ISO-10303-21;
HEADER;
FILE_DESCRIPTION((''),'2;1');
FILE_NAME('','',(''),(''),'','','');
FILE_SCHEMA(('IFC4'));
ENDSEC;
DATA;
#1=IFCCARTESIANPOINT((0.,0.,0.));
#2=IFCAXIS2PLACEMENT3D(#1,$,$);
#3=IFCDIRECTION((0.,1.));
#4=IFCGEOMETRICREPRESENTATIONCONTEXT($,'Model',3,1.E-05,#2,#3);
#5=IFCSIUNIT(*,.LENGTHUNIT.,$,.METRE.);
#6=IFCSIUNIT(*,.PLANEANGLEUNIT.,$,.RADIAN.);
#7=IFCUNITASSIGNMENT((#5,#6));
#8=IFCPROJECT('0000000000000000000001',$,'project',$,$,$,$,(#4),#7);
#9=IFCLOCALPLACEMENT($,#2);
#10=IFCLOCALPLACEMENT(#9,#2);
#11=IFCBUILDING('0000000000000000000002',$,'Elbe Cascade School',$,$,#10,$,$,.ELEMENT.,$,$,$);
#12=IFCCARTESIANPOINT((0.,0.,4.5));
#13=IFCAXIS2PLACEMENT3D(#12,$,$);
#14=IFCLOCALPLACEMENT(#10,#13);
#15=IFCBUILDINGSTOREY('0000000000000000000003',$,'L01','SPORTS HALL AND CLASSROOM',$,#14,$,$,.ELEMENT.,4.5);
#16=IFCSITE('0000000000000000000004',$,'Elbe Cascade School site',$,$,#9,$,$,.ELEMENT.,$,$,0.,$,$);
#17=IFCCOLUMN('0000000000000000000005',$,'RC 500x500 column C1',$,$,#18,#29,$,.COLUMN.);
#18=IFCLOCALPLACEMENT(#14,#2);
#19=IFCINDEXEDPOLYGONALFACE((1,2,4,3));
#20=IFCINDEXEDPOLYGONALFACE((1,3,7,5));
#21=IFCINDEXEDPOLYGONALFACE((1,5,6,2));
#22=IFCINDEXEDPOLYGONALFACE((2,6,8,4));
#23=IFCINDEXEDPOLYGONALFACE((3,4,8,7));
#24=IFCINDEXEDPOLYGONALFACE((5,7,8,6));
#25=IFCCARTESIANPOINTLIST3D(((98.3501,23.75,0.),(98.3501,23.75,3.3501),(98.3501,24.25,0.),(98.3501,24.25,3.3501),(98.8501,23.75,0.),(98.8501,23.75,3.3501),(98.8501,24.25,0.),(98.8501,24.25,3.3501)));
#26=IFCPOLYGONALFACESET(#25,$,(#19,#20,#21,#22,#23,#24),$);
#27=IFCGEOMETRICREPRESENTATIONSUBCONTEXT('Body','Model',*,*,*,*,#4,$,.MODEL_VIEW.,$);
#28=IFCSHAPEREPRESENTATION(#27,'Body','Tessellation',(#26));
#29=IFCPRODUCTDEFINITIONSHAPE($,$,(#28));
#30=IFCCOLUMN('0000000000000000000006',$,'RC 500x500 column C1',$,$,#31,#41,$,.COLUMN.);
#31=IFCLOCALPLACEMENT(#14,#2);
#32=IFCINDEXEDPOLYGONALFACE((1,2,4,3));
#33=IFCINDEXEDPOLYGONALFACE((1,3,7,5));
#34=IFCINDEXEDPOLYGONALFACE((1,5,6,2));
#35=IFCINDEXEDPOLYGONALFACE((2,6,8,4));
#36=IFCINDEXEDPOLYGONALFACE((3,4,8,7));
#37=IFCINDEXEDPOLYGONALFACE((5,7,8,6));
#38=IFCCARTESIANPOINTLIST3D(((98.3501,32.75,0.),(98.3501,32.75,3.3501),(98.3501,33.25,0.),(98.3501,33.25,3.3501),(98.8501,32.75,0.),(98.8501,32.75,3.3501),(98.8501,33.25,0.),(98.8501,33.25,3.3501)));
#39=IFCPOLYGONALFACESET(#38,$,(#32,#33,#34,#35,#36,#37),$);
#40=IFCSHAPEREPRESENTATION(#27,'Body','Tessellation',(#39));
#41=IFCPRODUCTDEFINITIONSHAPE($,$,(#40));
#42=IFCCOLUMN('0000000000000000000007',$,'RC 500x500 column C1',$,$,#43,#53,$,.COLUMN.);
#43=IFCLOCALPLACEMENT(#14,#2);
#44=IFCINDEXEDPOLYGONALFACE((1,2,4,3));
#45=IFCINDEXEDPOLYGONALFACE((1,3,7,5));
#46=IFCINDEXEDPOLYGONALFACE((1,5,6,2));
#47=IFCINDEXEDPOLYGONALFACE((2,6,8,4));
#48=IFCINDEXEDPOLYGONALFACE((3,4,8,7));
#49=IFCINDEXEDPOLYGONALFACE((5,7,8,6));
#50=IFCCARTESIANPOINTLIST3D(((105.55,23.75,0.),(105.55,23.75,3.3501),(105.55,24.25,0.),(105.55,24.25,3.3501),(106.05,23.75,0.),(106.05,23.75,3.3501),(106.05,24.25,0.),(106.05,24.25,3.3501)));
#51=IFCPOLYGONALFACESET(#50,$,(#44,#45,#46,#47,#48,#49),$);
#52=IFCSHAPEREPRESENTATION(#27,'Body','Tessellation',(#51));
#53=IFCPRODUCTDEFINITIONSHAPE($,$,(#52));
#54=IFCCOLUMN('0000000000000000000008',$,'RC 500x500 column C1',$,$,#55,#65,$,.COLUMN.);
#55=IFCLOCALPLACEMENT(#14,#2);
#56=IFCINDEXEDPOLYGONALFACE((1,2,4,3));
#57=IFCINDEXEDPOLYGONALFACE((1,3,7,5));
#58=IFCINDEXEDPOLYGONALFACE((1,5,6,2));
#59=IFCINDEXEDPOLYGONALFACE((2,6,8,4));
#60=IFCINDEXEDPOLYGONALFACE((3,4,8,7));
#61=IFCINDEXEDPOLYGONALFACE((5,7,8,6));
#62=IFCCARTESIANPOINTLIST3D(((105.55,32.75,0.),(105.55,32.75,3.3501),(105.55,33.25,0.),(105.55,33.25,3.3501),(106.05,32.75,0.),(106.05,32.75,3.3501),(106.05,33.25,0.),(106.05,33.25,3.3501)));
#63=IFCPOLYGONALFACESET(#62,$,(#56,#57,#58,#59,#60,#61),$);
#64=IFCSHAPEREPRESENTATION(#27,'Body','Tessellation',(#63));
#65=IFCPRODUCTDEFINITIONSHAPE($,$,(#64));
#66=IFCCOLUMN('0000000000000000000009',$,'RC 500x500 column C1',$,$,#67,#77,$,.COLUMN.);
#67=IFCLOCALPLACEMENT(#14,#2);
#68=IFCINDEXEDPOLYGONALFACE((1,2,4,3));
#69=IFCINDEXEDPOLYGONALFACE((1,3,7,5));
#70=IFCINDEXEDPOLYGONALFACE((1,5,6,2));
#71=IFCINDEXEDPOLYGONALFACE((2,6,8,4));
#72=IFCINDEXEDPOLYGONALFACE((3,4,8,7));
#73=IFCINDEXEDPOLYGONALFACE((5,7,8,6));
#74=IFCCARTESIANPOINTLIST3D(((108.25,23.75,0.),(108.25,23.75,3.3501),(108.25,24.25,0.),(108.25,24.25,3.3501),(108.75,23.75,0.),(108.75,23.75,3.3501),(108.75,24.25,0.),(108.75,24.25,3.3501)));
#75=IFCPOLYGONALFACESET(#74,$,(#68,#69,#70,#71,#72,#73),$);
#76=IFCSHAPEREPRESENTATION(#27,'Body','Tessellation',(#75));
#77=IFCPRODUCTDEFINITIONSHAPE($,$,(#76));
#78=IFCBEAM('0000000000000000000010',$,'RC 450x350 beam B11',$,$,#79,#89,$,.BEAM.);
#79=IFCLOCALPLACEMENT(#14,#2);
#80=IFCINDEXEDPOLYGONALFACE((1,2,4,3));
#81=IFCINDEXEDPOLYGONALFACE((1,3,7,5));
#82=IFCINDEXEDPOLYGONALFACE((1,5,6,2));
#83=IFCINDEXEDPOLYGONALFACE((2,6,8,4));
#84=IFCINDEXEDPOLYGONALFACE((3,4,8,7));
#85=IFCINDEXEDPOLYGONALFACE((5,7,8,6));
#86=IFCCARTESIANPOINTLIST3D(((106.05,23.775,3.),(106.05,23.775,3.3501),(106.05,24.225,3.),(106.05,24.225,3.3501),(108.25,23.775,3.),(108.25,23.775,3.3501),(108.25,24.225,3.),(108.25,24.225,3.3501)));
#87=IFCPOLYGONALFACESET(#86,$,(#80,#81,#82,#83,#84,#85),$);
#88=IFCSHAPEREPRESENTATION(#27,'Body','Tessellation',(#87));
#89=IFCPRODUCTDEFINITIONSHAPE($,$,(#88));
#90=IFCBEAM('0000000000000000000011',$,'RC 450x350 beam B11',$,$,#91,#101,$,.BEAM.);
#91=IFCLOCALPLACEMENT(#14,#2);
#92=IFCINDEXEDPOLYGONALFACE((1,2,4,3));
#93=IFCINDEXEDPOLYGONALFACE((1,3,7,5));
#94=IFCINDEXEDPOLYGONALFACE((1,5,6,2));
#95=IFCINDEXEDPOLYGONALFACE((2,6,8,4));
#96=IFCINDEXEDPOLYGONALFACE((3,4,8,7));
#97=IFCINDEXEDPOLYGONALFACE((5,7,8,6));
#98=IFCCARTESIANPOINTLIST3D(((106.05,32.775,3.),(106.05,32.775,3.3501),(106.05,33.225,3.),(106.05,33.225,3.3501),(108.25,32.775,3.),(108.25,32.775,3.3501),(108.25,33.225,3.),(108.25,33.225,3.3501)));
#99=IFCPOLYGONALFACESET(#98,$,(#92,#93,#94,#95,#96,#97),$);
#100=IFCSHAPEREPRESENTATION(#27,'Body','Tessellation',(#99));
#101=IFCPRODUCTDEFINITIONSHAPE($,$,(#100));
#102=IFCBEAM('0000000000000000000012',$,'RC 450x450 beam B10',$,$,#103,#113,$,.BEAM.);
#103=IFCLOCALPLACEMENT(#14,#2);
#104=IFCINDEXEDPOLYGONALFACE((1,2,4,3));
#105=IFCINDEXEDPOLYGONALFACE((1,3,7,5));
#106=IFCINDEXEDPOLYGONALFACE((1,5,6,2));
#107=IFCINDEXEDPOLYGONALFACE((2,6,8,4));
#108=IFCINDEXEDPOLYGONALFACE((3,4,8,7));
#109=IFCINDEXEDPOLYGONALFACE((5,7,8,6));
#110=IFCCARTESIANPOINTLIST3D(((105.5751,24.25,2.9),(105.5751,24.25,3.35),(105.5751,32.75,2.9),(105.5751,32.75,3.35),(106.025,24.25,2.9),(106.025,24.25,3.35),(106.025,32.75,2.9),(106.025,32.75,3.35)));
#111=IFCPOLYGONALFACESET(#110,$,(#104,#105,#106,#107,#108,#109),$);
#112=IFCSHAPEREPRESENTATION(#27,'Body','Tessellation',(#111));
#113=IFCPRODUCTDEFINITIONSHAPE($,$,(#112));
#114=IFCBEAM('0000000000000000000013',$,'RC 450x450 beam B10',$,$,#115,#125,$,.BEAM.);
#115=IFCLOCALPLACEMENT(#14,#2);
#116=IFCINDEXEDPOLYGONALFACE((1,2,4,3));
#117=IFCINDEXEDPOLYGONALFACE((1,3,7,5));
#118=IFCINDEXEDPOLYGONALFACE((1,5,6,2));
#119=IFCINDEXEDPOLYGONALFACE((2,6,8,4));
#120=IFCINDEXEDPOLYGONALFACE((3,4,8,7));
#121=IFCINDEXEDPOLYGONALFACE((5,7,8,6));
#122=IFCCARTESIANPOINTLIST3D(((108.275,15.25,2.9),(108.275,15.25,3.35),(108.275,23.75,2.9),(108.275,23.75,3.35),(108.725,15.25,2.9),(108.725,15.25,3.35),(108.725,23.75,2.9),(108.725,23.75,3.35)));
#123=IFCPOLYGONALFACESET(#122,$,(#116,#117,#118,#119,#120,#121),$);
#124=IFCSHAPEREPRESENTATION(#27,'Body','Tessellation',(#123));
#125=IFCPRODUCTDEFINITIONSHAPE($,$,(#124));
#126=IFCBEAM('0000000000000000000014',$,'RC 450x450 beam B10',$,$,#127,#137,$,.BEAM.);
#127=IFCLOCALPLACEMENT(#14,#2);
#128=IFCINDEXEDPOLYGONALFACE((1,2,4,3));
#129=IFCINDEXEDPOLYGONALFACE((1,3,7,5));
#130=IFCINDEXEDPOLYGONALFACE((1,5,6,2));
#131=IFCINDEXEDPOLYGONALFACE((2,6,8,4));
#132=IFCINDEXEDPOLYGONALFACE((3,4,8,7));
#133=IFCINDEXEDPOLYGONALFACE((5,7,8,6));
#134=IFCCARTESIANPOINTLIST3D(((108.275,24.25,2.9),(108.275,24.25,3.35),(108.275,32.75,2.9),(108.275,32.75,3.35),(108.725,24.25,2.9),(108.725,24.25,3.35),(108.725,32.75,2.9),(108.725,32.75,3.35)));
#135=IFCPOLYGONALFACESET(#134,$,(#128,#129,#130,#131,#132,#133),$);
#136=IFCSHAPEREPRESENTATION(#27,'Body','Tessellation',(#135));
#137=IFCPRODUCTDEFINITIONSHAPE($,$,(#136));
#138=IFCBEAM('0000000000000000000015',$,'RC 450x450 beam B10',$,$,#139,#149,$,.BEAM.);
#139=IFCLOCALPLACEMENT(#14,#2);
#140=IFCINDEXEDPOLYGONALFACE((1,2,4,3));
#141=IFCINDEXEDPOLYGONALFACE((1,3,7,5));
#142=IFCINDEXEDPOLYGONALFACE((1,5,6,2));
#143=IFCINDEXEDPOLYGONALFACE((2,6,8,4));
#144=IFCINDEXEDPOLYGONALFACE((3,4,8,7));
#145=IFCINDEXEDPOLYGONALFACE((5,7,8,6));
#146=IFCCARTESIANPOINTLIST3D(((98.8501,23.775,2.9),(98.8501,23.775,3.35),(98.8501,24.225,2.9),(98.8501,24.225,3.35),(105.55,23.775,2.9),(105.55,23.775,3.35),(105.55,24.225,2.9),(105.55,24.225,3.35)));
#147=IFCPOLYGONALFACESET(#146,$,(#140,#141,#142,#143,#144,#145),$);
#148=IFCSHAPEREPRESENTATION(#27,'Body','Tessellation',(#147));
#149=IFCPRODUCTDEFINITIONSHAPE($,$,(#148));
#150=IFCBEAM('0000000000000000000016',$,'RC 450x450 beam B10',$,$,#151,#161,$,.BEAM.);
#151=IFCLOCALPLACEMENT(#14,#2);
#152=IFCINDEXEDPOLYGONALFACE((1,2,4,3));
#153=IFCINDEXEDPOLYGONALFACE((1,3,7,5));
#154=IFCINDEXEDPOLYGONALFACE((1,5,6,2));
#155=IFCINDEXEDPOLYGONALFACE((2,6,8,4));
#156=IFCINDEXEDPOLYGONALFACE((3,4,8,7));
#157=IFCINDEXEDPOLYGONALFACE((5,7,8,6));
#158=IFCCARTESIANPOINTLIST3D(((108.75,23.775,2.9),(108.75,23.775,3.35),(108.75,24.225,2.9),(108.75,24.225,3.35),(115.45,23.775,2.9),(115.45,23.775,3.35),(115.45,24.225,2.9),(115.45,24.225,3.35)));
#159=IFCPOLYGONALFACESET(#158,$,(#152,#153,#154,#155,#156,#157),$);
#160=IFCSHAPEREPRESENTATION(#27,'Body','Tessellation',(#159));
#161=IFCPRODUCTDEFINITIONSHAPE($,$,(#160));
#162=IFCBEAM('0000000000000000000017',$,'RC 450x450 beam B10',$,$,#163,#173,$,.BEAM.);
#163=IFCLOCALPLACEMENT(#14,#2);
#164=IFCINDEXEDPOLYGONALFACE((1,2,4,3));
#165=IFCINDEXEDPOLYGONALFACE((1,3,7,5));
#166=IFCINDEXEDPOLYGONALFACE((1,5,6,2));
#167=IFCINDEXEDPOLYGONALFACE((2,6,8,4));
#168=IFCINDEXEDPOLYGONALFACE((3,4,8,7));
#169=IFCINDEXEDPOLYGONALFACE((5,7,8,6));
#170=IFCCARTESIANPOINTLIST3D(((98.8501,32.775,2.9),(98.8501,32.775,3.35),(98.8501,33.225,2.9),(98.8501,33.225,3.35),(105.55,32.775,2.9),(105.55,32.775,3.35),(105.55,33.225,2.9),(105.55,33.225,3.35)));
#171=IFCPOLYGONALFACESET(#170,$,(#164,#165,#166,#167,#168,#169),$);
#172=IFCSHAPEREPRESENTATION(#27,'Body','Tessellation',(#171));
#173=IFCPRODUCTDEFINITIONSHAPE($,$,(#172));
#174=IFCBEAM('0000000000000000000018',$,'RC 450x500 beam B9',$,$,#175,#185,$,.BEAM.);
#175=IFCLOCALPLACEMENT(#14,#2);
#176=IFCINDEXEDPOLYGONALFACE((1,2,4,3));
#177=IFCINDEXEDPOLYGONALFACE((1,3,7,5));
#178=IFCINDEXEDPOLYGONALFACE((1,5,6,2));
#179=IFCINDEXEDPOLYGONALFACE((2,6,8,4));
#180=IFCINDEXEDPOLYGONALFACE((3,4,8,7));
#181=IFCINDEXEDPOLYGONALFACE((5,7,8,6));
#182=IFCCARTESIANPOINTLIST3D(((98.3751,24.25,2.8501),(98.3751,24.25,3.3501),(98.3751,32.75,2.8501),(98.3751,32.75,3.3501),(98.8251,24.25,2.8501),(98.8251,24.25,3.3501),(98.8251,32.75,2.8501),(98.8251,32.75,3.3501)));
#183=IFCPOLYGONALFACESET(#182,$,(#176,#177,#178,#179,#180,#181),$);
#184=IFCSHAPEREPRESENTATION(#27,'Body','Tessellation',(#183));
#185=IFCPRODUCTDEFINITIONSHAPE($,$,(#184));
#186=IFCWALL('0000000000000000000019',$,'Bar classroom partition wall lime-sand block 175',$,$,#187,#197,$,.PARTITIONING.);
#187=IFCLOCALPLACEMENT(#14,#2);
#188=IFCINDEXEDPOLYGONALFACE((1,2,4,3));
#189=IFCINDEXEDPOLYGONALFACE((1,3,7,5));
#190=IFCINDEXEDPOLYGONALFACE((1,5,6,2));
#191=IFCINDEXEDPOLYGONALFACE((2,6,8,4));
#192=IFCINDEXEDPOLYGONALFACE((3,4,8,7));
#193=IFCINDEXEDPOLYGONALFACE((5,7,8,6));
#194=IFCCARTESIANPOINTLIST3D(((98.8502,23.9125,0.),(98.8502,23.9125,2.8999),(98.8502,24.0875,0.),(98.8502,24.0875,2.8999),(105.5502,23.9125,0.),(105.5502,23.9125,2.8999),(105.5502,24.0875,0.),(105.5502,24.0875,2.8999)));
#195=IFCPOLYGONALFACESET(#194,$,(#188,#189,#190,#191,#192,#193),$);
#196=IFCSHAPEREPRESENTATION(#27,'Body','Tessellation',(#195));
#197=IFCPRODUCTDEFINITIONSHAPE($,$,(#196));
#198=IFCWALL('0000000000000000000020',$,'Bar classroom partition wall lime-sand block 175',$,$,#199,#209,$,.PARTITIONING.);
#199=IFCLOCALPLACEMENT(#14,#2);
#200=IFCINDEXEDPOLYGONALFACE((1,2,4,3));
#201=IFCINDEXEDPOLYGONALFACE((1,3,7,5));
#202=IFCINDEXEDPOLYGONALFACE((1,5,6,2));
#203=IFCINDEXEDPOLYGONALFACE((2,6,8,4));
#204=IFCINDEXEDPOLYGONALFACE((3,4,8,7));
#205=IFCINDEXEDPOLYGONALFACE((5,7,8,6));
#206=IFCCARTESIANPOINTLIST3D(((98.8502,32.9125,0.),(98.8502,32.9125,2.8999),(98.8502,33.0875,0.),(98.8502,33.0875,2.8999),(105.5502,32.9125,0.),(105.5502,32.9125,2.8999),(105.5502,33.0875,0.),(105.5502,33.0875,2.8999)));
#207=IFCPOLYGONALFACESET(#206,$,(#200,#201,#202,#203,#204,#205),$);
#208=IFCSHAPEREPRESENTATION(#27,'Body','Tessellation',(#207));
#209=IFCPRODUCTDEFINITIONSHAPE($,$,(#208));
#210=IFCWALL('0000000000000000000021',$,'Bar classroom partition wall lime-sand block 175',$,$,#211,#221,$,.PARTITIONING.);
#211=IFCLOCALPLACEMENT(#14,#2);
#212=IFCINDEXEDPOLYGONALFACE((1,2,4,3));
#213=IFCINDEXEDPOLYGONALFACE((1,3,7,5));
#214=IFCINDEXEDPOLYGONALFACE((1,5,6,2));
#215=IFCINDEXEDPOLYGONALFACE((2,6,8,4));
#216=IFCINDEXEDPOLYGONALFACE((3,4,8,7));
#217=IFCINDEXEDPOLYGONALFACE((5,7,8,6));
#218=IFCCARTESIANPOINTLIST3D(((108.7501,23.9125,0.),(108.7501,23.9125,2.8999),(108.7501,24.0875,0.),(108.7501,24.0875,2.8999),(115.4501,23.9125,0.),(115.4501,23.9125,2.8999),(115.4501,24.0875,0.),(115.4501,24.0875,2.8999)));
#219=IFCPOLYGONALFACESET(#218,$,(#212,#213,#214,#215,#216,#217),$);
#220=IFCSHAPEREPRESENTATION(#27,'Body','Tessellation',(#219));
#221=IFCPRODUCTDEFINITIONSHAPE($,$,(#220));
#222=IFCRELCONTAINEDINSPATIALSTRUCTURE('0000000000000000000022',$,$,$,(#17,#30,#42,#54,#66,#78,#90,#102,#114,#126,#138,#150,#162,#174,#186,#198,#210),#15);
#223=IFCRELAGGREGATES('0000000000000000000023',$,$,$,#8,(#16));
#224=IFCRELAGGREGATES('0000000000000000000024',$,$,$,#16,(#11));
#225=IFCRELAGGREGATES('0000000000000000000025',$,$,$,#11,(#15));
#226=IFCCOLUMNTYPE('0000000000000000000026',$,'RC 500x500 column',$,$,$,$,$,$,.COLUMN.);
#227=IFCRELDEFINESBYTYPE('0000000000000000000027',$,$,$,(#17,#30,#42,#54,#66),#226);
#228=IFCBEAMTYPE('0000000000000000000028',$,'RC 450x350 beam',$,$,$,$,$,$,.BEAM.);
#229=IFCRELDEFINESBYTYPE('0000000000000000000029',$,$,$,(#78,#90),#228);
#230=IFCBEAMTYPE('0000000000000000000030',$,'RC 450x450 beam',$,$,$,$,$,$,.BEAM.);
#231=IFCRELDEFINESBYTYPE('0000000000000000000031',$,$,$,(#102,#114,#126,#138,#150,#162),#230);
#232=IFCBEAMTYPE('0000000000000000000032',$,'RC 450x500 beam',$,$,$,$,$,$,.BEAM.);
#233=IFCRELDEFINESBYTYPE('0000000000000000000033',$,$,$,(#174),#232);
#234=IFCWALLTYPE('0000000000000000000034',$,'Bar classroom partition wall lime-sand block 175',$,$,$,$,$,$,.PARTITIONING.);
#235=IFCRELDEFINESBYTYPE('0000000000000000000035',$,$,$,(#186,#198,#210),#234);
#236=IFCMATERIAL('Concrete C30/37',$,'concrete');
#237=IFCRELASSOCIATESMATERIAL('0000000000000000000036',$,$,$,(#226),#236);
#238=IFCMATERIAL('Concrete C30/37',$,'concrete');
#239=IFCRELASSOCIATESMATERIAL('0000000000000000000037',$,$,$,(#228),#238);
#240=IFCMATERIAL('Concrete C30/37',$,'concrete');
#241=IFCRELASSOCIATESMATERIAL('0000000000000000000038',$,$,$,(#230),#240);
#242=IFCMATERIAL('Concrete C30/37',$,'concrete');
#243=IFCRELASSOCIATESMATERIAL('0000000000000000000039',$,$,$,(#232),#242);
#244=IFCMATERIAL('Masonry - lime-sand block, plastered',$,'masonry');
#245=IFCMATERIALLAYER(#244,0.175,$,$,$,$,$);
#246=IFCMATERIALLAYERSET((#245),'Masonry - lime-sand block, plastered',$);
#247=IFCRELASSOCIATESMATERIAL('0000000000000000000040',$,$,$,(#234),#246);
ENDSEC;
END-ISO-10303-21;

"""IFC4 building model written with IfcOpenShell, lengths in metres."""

from ifc_helpers import new_model, si_unit, direction, frame, frame_2d, origin, origin_2d, place, context, subcontext, project, spatial, rectangle, extrude, material, layer, layer_set, material_profile, profile_set, type_object, element, save


model = new_model("IFC4")

# Units and contexts
model_context = context("Model", 3, precision=1e-05, world=origin(), true_north=direction((0.0, 1.0)))
body_context = subcontext(model_context, "Body", "Model", "MODEL_VIEW")
ifc_project = project(units=[si_unit("LENGTHUNIT", "METRE"), si_unit("PLANEANGLEUNIT", "RADIAN")], contexts=[model_context])

# Site, building, storey
site_placement = place(None, origin())
site = spatial("IfcSite", under=ifc_project, at=site_placement, Name="Elbe Cascade School site", CompositionType="ELEMENT", RefElevation=0.0)
building_placement = place(site_placement, origin())
building = spatial("IfcBuilding", under=site, at=building_placement, Name="Elbe Cascade School", CompositionType="ELEMENT")
storey_placement = place(building_placement, frame((0.0, 0.0, 4.5)))
storey = spatial("IfcBuildingStorey", under=building, at=storey_placement, Name="L01", Description="SPORTS HALL AND CLASSROOM", CompositionType="ELEMENT", Elevation=4.5)

# Columns
ifc_material_1 = material(Name="Concrete C30/37", Category="concrete")
ifc_material_profile_1 = material_profile(ifc_material_1, rectangle(XDim=0.5, YDim=0.5, at=origin_2d()), Name="RC 500x500")
ifc_profile_set_1 = profile_set([ifc_material_profile_1], Name="Concrete C30/37")
column_type = type_object("IfcColumnType", Name="RC 500x500 column", PredefinedType="COLUMN", material=ifc_profile_set_1)
for number, where, z_axis, x_axis, name in (
    (1, (98.6001, 24.0, 0.0), (0.0, 0.0, 1.0), (1.0, 0.0, 0.0), "RC 500x500 column C1"),
    (2, (98.6001, 33.0, 0.0), (0.0, 0.0, 1.0), (1.0, 0.0, 0.0), "RC 500x500 column C1"),
    (3, (105.8, 24.0, 0.0), (0.0, 0.0, 1.0), (1.0, 0.0, 0.0), "RC 500x500 column C1"),
    (4, (105.8, 33.0, 0.0), (0.0, 0.0, 1.0), (1.0, 0.0, 0.0), "RC 500x500 column C1"),
    (5, (108.5, 24.0, 0.0), (0.0, 0.0, 1.0), (1.0, 0.0, 0.0), "RC 500x500 column C1"),
):
    element("IfcColumn", number, at=place(storey_placement, frame(where, z_axis=z_axis, x_axis=x_axis)), inside=storey, type_object=column_type, Name=name, PredefinedType="COLUMN", context=body_context, shape_type="SweptSolid", body=[
        extrude(rectangle(XDim=0.5, YDim=0.5, at=origin_2d()), origin(), (0.0, 0.0, 1.0), 3.3501),
    ])

# Beams
ifc_material_2 = material(Name="Concrete C30/37", Category="concrete")
ifc_material_profile_2 = material_profile(ifc_material_2, rectangle(XDim=0.45, YDim=0.3501, at=origin_2d()), Name="RC 450x350")
ifc_profile_set_2 = profile_set([ifc_material_profile_2], Name="Concrete C30/37")
beam_type_1 = type_object("IfcBeamType", Name="RC 450x350 beam", PredefinedType="BEAM", material=ifc_profile_set_2)
for number, where, z_axis, x_axis, name in (
    (6, (106.05, 24.0, 3.175), (1.0, 0.0, 0.0), (0.0, 1.0, 0.0), "RC 450x350 beam B11"),
    (7, (106.05, 33.0, 3.175), (1.0, 0.0, 0.0), (0.0, 1.0, 0.0), "RC 450x350 beam B11"),
):
    element("IfcBeam", number, at=place(storey_placement, frame(where, z_axis=z_axis, x_axis=x_axis)), inside=storey, type_object=beam_type_1, Name=name, PredefinedType="BEAM", context=body_context, shape_type="SweptSolid", body=[
        extrude(rectangle(XDim=0.45, YDim=0.3501, at=origin_2d()), origin(), (0.0, 0.0, 1.0), 2.2),
    ])
ifc_material_3 = material(Name="Concrete C30/37", Category="concrete")
ifc_material_profile_3 = material_profile(ifc_material_3, rectangle(XDim=0.45, YDim=0.45, at=origin_2d()), Name="RC 450x450")
ifc_profile_set_3 = profile_set([ifc_material_profile_3], Name="Concrete C30/37")
beam_type_2 = type_object("IfcBeamType", Name="RC 450x450 beam", PredefinedType="BEAM", material=ifc_profile_set_3)
for number, where, z_axis, x_axis, name in (
    (8, (105.8, 24.25, 3.125), (0.0, 1.0, 0.0), (-1.0, 0.0, 0.0), "RC 450x450 beam B10"),
    (9, (108.5, 15.25, 3.125), (0.0, 1.0, 0.0), (-1.0, 0.0, 0.0), "RC 450x450 beam B10"),
    (10, (108.5, 24.25, 3.125), (0.0, 1.0, 0.0), (-1.0, 0.0, 0.0), "RC 450x450 beam B10"),
):
    element("IfcBeam", number, at=place(storey_placement, frame(where, z_axis=z_axis, x_axis=x_axis)), inside=storey, type_object=beam_type_2, Name=name, PredefinedType="BEAM", context=body_context, shape_type="SweptSolid", body=[
        extrude(rectangle(XDim=0.45, YDim=0.45, at=origin_2d()), origin(), (0.0, 0.0, 1.0), 8.5),
    ])
for number, where, z_axis, x_axis, name in (
    (11, (98.8501, 24.0, 3.125), (1.0, 0.0, 0.0), (0.0, 1.0, 0.0), "RC 450x450 beam B10"),
    (12, (108.75, 24.0, 3.125), (1.0, 0.0, 0.0), (0.0, 1.0, 0.0), "RC 450x450 beam B10"),
    (13, (98.8501, 33.0, 3.125), (1.0, 0.0, 0.0), (0.0, 1.0, 0.0), "RC 450x450 beam B10"),
):
    element("IfcBeam", number, at=place(storey_placement, frame(where, z_axis=z_axis, x_axis=x_axis)), inside=storey, type_object=beam_type_2, Name=name, PredefinedType="BEAM", context=body_context, shape_type="SweptSolid", body=[
        extrude(rectangle(XDim=0.45, YDim=0.45, at=origin_2d()), origin(), (0.0, 0.0, 1.0), 6.7),
    ])
ifc_material_4 = material(Name="Concrete C30/37", Category="concrete")
ifc_material_profile_4 = material_profile(ifc_material_4, rectangle(XDim=0.45, YDim=0.5, at=origin_2d()), Name="RC 450x500")
ifc_profile_set_4 = profile_set([ifc_material_profile_4], Name="Concrete C30/37")
beam_type_3 = type_object("IfcBeamType", Name="RC 450x500 beam", PredefinedType="BEAM", material=ifc_profile_set_4)
beam_placement = place(storey_placement, frame((98.6001, 24.25, 3.1001), z_axis=(0.0, 1.0, 0.0), x_axis=(-1.0, 0.0, 0.0)))
element("IfcBeam", 14, at=beam_placement, inside=storey, type_object=beam_type_3, Name="RC 450x500 beam B9", PredefinedType="BEAM", context=body_context, shape_type="SweptSolid", body=[
    extrude(rectangle(XDim=0.45, YDim=0.5, at=origin_2d()), origin(), (0.0, 0.0, 1.0), 8.5),
])

# Walls
ifc_material_5 = material(Name="Masonry - lime-sand block, plastered", Category="masonry")
ifc_layer_1 = layer(ifc_material_5, 0.175)
ifc_layer_set_1 = layer_set([ifc_layer_1], Name="Masonry - lime-sand block, plastered")
wall_type_1 = type_object("IfcWallType", Name="Bar classroom partition wall lime-sand block 175", PredefinedType="PARTITIONING", material=ifc_layer_set_1)
for number, where, z_axis, x_axis, name in (
    (15, (98.8501, 24.0, 0.0), (0.0, 0.0, 1.0), (1.0, 0.0, 0.0), "Bar classroom partition wall lime-sand block 175"),
    (16, (98.8501, 33.0, 0.0), (0.0, 0.0, 1.0), (1.0, 0.0, 0.0), "Bar classroom partition wall lime-sand block 175"),
    (17, (108.75, 24.0, 0.0), (0.0, 0.0, 1.0), (1.0, 0.0, 0.0), "Bar classroom partition wall lime-sand block 175"),
):
    element("IfcWall", number, at=place(storey_placement, frame(where, z_axis=z_axis, x_axis=x_axis)), inside=storey, type_object=wall_type_1, Name=name, PredefinedType="PARTITIONING", context=body_context, shape_type="SweptSolid", body=[
        extrude(rectangle(XDim=6.7, YDim=0.175, at=frame_2d((3.3501, 0.0))), origin(), (0.0, 0.0, 1.0), 2.8999),
    ])

save(model, "model.ifc")
